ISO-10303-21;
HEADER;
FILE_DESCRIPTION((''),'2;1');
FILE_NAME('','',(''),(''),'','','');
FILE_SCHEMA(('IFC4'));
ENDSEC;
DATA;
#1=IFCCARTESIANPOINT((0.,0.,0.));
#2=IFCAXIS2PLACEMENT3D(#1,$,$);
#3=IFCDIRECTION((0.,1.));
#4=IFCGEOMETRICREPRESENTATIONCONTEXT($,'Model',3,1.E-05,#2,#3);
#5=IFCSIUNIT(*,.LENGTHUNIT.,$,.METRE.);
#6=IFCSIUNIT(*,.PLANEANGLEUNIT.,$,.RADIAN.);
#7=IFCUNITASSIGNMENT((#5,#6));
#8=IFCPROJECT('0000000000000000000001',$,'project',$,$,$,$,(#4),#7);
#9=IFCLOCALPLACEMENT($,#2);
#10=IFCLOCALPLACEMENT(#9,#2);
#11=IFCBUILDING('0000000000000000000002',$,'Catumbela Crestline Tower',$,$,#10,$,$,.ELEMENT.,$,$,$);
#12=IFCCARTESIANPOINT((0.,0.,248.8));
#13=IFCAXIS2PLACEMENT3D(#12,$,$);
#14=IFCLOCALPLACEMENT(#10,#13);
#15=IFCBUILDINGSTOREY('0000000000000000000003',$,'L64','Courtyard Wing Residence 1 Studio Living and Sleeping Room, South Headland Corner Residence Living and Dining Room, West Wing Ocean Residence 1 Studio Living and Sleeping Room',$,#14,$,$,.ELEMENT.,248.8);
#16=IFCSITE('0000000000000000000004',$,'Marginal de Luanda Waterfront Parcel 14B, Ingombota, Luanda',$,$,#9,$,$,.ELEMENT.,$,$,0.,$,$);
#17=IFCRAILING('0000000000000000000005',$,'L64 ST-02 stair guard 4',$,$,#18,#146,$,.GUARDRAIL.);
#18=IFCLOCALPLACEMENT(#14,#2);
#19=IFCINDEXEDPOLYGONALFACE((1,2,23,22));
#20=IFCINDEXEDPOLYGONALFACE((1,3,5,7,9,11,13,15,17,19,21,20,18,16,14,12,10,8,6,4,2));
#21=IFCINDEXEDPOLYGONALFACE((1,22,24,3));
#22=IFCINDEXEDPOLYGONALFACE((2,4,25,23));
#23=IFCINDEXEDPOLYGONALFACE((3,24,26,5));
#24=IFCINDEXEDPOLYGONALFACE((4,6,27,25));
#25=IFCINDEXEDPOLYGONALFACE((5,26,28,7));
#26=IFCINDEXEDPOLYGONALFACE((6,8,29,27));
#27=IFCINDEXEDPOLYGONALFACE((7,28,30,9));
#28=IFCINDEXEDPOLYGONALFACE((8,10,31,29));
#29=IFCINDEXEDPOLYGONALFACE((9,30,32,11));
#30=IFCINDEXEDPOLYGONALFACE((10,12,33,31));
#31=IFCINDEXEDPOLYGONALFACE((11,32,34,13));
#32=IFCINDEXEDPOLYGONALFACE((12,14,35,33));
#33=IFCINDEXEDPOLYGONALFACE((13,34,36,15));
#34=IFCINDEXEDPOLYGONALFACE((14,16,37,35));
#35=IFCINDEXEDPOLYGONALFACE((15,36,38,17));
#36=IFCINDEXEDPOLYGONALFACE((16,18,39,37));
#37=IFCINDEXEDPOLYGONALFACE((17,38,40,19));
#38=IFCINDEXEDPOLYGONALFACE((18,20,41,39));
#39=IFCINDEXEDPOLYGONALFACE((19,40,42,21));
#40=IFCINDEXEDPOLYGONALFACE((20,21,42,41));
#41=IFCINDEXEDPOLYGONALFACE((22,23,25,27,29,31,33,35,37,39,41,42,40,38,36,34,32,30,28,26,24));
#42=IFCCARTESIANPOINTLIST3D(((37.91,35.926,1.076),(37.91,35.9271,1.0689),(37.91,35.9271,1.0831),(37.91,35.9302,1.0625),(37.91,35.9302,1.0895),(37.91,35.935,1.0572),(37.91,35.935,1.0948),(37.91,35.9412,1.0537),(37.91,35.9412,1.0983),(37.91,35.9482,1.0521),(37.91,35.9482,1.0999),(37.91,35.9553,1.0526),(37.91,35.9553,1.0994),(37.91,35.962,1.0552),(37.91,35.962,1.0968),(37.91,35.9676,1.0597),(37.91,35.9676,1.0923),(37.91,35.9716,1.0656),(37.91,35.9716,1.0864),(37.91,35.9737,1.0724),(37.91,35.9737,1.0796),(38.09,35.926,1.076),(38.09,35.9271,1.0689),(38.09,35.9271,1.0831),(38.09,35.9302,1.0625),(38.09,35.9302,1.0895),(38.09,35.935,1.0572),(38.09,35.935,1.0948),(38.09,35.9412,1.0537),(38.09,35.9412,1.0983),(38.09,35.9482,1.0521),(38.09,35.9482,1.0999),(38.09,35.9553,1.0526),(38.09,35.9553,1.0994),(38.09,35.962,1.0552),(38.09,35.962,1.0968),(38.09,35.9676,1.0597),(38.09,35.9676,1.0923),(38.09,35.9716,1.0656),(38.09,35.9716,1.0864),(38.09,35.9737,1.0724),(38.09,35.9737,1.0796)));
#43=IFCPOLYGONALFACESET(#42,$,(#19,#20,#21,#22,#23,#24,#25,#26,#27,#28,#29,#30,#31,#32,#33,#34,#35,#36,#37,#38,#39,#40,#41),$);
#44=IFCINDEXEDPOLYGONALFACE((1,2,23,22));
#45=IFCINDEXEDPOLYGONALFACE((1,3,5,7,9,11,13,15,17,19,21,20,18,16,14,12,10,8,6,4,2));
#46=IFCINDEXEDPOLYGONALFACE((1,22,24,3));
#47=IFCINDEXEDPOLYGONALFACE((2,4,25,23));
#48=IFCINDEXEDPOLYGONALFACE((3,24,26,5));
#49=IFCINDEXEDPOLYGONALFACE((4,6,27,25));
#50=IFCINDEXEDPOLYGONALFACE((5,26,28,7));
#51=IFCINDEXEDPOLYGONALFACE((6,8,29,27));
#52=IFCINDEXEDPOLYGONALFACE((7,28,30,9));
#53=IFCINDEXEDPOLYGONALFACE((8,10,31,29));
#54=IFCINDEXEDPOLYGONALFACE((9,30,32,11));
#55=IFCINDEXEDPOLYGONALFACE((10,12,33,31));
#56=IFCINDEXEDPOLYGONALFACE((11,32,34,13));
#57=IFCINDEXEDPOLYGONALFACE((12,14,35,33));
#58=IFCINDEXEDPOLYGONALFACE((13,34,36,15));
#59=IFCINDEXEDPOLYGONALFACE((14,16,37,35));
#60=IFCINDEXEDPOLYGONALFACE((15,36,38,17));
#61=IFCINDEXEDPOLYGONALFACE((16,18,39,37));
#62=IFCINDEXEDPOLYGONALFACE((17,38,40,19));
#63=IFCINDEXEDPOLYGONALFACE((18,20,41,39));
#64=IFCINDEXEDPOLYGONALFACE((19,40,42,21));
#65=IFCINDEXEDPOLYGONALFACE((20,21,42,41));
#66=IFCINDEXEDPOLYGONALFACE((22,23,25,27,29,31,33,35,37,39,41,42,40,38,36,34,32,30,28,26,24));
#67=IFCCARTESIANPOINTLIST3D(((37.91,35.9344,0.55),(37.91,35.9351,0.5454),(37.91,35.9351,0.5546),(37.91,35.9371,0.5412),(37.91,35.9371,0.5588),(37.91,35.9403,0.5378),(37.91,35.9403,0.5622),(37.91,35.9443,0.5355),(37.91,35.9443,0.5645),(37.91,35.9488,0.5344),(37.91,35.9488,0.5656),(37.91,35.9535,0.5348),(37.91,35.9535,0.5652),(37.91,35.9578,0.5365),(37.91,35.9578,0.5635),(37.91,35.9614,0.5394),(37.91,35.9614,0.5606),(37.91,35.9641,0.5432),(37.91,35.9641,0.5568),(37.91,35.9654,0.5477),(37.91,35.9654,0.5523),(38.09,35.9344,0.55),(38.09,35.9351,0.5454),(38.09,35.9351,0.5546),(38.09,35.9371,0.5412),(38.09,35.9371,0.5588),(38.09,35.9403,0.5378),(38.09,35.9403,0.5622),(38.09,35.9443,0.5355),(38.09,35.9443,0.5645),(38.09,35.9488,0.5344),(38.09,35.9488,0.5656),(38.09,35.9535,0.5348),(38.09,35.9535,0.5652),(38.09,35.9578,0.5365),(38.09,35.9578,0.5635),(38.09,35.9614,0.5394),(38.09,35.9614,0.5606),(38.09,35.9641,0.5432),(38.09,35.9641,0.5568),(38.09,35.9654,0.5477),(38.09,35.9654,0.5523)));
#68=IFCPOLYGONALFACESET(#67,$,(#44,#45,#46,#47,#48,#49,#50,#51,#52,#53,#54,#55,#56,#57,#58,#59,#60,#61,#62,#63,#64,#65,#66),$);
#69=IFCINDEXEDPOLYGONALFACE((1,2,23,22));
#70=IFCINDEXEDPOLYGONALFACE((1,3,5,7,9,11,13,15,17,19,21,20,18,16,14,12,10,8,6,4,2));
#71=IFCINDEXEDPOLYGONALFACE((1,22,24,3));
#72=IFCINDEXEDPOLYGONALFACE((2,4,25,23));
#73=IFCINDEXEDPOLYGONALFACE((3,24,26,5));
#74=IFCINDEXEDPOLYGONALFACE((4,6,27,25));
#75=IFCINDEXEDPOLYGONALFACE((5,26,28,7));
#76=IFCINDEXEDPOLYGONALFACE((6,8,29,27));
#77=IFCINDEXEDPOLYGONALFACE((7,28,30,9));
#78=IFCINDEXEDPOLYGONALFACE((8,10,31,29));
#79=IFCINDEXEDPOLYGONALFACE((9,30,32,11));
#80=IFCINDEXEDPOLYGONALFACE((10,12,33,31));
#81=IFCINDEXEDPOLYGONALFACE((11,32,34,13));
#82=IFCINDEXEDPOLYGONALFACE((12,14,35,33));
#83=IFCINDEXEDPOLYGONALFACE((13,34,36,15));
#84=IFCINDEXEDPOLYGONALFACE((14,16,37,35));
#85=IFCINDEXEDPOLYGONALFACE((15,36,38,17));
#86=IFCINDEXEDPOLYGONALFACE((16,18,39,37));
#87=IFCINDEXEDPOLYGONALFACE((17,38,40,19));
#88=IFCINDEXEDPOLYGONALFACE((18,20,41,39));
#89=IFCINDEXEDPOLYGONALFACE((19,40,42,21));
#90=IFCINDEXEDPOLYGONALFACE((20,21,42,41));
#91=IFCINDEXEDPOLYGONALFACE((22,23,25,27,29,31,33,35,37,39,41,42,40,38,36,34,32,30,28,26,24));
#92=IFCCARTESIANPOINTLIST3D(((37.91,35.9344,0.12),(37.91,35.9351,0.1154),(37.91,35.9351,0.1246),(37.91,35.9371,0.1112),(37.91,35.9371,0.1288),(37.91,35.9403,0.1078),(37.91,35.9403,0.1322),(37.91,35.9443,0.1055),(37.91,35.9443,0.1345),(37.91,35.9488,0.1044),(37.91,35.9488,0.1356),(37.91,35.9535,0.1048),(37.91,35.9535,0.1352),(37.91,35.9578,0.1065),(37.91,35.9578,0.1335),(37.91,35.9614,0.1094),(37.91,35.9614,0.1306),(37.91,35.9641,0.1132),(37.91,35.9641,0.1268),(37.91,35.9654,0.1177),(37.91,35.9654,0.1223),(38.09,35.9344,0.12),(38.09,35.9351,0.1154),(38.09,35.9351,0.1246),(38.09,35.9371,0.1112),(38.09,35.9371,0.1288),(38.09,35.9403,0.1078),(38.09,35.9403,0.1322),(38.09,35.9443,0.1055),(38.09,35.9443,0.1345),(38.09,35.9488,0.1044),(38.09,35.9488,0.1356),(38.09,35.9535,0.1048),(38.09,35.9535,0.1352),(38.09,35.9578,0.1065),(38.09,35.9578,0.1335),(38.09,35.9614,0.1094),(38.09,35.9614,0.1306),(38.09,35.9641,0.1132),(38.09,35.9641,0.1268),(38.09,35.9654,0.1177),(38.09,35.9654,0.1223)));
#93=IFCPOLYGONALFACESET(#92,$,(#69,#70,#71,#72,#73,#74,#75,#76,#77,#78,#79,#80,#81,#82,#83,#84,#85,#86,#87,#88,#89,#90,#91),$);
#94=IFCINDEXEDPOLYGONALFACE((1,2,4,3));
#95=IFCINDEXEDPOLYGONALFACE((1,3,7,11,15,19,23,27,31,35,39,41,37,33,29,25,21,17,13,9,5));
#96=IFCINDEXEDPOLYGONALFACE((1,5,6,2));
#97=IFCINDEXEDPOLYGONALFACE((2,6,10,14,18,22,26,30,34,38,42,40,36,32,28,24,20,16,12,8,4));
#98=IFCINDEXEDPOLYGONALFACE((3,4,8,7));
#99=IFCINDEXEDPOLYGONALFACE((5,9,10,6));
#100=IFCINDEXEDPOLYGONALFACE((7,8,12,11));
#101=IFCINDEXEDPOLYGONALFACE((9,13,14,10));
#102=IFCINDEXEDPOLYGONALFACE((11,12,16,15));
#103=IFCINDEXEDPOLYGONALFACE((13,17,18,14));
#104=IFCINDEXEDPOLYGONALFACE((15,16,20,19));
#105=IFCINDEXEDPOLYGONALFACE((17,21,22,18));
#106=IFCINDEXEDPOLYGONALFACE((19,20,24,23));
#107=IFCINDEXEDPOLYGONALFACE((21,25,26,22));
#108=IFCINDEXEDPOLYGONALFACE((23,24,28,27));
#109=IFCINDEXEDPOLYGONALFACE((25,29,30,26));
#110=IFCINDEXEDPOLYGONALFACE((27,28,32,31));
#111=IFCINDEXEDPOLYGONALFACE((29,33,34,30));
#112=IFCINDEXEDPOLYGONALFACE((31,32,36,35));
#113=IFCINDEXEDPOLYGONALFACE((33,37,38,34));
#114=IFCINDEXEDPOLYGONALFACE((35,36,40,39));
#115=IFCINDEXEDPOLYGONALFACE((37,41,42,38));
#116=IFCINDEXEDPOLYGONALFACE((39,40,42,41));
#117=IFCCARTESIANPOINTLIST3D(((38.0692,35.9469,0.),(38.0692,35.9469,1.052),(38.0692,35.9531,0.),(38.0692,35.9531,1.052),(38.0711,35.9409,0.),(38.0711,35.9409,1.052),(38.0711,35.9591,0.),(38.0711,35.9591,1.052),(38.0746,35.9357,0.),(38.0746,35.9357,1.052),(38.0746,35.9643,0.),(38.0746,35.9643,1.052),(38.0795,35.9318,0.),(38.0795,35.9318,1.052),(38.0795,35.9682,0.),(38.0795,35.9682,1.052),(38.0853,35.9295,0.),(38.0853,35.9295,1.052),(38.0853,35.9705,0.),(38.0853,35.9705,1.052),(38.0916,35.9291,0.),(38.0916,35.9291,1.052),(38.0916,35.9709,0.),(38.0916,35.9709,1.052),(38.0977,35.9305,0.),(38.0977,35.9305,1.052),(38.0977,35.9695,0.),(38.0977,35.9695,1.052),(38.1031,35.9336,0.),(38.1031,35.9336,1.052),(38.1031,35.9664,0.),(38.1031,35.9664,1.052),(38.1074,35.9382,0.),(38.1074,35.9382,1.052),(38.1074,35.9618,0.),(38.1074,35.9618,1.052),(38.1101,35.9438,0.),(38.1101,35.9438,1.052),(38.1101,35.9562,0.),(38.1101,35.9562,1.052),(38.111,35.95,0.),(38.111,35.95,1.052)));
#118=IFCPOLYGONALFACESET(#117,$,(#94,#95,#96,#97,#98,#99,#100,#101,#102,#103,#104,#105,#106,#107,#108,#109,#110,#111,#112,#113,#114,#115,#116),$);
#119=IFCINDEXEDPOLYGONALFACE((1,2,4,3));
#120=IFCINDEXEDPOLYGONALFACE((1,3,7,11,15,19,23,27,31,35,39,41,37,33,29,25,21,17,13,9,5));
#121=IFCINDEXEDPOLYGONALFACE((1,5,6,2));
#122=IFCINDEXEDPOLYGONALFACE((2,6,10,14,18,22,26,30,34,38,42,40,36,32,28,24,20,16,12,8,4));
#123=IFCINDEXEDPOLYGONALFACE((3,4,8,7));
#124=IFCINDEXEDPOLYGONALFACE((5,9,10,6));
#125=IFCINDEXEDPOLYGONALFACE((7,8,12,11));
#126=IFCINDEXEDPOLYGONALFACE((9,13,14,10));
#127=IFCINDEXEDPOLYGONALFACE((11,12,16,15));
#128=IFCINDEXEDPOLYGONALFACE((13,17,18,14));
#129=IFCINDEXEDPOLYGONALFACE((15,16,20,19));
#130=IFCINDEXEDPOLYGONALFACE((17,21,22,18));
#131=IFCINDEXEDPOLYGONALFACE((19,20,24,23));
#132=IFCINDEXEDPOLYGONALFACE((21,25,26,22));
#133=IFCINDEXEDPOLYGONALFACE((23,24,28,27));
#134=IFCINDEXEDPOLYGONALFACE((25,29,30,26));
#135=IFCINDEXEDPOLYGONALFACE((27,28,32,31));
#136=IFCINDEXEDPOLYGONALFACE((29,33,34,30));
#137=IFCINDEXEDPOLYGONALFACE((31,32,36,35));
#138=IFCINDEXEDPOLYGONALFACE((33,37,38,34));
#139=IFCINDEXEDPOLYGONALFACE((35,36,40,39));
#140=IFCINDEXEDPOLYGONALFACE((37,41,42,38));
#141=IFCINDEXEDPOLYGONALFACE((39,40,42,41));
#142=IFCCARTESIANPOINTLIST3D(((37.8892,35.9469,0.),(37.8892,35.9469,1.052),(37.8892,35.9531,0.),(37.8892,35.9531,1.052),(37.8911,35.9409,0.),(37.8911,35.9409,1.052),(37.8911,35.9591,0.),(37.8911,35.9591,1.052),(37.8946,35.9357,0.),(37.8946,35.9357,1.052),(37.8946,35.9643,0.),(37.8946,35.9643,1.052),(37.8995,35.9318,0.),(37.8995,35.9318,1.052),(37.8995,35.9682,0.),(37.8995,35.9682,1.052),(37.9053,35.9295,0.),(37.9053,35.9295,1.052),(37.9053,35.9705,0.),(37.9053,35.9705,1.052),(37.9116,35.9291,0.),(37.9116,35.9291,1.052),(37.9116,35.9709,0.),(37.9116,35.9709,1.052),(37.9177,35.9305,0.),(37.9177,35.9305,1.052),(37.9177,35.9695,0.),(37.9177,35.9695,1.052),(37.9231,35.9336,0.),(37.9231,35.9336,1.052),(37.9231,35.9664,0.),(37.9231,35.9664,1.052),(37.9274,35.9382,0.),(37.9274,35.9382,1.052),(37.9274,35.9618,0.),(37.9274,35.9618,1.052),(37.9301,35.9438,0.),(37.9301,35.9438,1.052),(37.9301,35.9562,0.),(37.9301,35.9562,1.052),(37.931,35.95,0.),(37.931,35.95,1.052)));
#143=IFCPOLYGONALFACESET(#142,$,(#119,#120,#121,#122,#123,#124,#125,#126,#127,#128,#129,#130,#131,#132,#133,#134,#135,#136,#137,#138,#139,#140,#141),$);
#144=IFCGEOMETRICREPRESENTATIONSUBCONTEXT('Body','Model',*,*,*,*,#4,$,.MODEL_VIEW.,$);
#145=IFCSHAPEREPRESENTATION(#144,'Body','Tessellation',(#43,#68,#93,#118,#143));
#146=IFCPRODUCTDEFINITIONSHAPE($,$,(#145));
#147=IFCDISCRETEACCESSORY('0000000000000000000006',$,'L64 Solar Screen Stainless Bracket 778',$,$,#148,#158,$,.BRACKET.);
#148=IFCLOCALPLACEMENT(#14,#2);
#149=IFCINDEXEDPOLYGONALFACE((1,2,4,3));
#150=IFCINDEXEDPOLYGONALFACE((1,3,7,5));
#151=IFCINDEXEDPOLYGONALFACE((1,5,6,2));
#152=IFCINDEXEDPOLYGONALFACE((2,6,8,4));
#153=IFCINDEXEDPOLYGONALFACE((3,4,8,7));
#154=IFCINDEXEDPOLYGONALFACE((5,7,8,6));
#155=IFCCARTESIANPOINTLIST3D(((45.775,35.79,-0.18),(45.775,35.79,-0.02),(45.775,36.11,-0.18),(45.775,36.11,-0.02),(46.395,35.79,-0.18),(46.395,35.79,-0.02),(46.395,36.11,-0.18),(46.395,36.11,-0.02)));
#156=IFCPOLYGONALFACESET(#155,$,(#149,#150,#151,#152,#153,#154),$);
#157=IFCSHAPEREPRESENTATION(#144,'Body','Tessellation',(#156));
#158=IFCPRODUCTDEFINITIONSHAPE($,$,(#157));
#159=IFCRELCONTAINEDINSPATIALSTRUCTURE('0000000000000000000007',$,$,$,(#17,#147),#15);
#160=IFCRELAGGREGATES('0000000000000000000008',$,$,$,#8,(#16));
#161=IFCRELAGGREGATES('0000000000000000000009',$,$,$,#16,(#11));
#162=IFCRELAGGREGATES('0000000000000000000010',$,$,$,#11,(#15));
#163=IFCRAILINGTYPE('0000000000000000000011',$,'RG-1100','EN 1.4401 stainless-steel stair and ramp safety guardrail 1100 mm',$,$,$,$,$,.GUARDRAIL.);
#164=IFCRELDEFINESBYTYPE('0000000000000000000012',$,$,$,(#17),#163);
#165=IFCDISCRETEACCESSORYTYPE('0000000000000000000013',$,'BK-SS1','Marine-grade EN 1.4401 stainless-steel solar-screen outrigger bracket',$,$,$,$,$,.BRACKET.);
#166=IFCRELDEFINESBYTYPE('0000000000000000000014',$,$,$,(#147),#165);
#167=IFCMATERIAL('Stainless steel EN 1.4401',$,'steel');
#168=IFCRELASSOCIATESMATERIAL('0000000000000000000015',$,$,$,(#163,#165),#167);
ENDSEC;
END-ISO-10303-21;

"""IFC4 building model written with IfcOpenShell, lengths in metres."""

from ifc_helpers import new_model, si_unit, direction, frame, origin, origin_2d, place, context, subcontext, project, spatial, rectangle, circle, extrude, material, type_object, element, save


model = new_model("IFC4")

# Units and contexts
model_context = context("Model", 3, precision=1e-05, world=origin(), true_north=direction((0.0, 1.0)))
body_context = subcontext(model_context, "Body", "Model", "MODEL_VIEW")
ifc_project = project(units=[si_unit("LENGTHUNIT", "METRE"), si_unit("PLANEANGLEUNIT", "RADIAN")], contexts=[model_context])

# Site, building, storey
site_placement = place(None, origin())
site = spatial("IfcSite", under=ifc_project, at=site_placement, Name="Marginal de Luanda Waterfront Parcel 14B, Ingombota, Luanda", CompositionType="ELEMENT", RefElevation=0.0)
building_placement = place(site_placement, origin())
building = spatial("IfcBuilding", under=site, at=building_placement, Name="Catumbela Crestline Tower", CompositionType="ELEMENT")
storey_placement = place(building_placement, frame((0.0, 0.0, 248.8)))
storey = spatial("IfcBuildingStorey", under=building, at=storey_placement, Name="L64", Description="Courtyard Wing Residence 1 Studio Living and Sleeping Room, South Headland Corner Residence Living and Dining Room, West Wing Ocean Residence 1 Studio Living and Sleeping Room", CompositionType="ELEMENT", Elevation=248.8)

# Railing
ifc_material_1 = material(Name="Stainless steel EN 1.4401", Category="steel")
railing_type = type_object("IfcRailingType", Name="RG-1100", Description="EN 1.4401 stainless-steel stair and ramp safety guardrail 1100 mm", PredefinedType="GUARDRAIL", material=ifc_material_1)
railing_placement = place(storey_placement, frame((38.09, 35.95, 0.0)))
element("IfcRailing", 1, at=railing_placement, inside=storey, type_object=railing_type, Name="L64 ST-02 stair guard 4", PredefinedType="GUARDRAIL", context=body_context, shape_type="SweptSolid", body=[
    extrude(circle(Radius=0.024, at=origin_2d()), frame((0.0, 0.0, 1.076), z_axis=(-1.0, 0.0, 0.0), x_axis=(0.0, -1.0, 0.0)), (0.0, 0.0, 1.0), 0.18),
    extrude(circle(Radius=0.0156, at=origin_2d()), frame((0.0, 0.0, 0.55), z_axis=(-1.0, 0.0, 0.0), x_axis=(0.0, -1.0, 0.0)), (0.0, 0.0, 1.0), 0.18),
    extrude(circle(Radius=0.0156, at=origin_2d()), frame((0.0, 0.0, 0.12), z_axis=(-1.0, 0.0, 0.0), x_axis=(0.0, -1.0, 0.0)), (0.0, 0.0, 1.0), 0.18),
    extrude(circle(Radius=0.021, at=origin_2d()), origin(), (0.0, 0.0, 1.0), 1.052),
    extrude(circle(Radius=0.021, at=origin_2d()), frame((-0.18, 0.0, 0.0)), (0.0, 0.0, 1.0), 1.052),
])

# Discrete accessory
discrete_accessory_type = type_object("IfcDiscreteAccessoryType", Name="BK-SS1", Description="Marine-grade EN 1.4401 stainless-steel solar-screen outrigger bracket", PredefinedType="BRACKET", material=ifc_material_1)
discrete_accessory_placement = place(storey_placement, frame((46.085, 35.95, -0.18), z_axis=(0.0, 0.0, 1.0), x_axis=(0.0, 1.0, 0.0)))
element("IfcDiscreteAccessory", 2, at=discrete_accessory_placement, inside=storey, type_object=discrete_accessory_type, Name="L64 Solar Screen Stainless Bracket 778", PredefinedType="BRACKET", context=body_context, shape_type="SweptSolid", body=[
    extrude(rectangle(XDim=0.32, YDim=0.62, at=origin_2d()), origin(), (0.0, 0.0, 1.0), 0.16),
])

save(model, "model.ifc")
